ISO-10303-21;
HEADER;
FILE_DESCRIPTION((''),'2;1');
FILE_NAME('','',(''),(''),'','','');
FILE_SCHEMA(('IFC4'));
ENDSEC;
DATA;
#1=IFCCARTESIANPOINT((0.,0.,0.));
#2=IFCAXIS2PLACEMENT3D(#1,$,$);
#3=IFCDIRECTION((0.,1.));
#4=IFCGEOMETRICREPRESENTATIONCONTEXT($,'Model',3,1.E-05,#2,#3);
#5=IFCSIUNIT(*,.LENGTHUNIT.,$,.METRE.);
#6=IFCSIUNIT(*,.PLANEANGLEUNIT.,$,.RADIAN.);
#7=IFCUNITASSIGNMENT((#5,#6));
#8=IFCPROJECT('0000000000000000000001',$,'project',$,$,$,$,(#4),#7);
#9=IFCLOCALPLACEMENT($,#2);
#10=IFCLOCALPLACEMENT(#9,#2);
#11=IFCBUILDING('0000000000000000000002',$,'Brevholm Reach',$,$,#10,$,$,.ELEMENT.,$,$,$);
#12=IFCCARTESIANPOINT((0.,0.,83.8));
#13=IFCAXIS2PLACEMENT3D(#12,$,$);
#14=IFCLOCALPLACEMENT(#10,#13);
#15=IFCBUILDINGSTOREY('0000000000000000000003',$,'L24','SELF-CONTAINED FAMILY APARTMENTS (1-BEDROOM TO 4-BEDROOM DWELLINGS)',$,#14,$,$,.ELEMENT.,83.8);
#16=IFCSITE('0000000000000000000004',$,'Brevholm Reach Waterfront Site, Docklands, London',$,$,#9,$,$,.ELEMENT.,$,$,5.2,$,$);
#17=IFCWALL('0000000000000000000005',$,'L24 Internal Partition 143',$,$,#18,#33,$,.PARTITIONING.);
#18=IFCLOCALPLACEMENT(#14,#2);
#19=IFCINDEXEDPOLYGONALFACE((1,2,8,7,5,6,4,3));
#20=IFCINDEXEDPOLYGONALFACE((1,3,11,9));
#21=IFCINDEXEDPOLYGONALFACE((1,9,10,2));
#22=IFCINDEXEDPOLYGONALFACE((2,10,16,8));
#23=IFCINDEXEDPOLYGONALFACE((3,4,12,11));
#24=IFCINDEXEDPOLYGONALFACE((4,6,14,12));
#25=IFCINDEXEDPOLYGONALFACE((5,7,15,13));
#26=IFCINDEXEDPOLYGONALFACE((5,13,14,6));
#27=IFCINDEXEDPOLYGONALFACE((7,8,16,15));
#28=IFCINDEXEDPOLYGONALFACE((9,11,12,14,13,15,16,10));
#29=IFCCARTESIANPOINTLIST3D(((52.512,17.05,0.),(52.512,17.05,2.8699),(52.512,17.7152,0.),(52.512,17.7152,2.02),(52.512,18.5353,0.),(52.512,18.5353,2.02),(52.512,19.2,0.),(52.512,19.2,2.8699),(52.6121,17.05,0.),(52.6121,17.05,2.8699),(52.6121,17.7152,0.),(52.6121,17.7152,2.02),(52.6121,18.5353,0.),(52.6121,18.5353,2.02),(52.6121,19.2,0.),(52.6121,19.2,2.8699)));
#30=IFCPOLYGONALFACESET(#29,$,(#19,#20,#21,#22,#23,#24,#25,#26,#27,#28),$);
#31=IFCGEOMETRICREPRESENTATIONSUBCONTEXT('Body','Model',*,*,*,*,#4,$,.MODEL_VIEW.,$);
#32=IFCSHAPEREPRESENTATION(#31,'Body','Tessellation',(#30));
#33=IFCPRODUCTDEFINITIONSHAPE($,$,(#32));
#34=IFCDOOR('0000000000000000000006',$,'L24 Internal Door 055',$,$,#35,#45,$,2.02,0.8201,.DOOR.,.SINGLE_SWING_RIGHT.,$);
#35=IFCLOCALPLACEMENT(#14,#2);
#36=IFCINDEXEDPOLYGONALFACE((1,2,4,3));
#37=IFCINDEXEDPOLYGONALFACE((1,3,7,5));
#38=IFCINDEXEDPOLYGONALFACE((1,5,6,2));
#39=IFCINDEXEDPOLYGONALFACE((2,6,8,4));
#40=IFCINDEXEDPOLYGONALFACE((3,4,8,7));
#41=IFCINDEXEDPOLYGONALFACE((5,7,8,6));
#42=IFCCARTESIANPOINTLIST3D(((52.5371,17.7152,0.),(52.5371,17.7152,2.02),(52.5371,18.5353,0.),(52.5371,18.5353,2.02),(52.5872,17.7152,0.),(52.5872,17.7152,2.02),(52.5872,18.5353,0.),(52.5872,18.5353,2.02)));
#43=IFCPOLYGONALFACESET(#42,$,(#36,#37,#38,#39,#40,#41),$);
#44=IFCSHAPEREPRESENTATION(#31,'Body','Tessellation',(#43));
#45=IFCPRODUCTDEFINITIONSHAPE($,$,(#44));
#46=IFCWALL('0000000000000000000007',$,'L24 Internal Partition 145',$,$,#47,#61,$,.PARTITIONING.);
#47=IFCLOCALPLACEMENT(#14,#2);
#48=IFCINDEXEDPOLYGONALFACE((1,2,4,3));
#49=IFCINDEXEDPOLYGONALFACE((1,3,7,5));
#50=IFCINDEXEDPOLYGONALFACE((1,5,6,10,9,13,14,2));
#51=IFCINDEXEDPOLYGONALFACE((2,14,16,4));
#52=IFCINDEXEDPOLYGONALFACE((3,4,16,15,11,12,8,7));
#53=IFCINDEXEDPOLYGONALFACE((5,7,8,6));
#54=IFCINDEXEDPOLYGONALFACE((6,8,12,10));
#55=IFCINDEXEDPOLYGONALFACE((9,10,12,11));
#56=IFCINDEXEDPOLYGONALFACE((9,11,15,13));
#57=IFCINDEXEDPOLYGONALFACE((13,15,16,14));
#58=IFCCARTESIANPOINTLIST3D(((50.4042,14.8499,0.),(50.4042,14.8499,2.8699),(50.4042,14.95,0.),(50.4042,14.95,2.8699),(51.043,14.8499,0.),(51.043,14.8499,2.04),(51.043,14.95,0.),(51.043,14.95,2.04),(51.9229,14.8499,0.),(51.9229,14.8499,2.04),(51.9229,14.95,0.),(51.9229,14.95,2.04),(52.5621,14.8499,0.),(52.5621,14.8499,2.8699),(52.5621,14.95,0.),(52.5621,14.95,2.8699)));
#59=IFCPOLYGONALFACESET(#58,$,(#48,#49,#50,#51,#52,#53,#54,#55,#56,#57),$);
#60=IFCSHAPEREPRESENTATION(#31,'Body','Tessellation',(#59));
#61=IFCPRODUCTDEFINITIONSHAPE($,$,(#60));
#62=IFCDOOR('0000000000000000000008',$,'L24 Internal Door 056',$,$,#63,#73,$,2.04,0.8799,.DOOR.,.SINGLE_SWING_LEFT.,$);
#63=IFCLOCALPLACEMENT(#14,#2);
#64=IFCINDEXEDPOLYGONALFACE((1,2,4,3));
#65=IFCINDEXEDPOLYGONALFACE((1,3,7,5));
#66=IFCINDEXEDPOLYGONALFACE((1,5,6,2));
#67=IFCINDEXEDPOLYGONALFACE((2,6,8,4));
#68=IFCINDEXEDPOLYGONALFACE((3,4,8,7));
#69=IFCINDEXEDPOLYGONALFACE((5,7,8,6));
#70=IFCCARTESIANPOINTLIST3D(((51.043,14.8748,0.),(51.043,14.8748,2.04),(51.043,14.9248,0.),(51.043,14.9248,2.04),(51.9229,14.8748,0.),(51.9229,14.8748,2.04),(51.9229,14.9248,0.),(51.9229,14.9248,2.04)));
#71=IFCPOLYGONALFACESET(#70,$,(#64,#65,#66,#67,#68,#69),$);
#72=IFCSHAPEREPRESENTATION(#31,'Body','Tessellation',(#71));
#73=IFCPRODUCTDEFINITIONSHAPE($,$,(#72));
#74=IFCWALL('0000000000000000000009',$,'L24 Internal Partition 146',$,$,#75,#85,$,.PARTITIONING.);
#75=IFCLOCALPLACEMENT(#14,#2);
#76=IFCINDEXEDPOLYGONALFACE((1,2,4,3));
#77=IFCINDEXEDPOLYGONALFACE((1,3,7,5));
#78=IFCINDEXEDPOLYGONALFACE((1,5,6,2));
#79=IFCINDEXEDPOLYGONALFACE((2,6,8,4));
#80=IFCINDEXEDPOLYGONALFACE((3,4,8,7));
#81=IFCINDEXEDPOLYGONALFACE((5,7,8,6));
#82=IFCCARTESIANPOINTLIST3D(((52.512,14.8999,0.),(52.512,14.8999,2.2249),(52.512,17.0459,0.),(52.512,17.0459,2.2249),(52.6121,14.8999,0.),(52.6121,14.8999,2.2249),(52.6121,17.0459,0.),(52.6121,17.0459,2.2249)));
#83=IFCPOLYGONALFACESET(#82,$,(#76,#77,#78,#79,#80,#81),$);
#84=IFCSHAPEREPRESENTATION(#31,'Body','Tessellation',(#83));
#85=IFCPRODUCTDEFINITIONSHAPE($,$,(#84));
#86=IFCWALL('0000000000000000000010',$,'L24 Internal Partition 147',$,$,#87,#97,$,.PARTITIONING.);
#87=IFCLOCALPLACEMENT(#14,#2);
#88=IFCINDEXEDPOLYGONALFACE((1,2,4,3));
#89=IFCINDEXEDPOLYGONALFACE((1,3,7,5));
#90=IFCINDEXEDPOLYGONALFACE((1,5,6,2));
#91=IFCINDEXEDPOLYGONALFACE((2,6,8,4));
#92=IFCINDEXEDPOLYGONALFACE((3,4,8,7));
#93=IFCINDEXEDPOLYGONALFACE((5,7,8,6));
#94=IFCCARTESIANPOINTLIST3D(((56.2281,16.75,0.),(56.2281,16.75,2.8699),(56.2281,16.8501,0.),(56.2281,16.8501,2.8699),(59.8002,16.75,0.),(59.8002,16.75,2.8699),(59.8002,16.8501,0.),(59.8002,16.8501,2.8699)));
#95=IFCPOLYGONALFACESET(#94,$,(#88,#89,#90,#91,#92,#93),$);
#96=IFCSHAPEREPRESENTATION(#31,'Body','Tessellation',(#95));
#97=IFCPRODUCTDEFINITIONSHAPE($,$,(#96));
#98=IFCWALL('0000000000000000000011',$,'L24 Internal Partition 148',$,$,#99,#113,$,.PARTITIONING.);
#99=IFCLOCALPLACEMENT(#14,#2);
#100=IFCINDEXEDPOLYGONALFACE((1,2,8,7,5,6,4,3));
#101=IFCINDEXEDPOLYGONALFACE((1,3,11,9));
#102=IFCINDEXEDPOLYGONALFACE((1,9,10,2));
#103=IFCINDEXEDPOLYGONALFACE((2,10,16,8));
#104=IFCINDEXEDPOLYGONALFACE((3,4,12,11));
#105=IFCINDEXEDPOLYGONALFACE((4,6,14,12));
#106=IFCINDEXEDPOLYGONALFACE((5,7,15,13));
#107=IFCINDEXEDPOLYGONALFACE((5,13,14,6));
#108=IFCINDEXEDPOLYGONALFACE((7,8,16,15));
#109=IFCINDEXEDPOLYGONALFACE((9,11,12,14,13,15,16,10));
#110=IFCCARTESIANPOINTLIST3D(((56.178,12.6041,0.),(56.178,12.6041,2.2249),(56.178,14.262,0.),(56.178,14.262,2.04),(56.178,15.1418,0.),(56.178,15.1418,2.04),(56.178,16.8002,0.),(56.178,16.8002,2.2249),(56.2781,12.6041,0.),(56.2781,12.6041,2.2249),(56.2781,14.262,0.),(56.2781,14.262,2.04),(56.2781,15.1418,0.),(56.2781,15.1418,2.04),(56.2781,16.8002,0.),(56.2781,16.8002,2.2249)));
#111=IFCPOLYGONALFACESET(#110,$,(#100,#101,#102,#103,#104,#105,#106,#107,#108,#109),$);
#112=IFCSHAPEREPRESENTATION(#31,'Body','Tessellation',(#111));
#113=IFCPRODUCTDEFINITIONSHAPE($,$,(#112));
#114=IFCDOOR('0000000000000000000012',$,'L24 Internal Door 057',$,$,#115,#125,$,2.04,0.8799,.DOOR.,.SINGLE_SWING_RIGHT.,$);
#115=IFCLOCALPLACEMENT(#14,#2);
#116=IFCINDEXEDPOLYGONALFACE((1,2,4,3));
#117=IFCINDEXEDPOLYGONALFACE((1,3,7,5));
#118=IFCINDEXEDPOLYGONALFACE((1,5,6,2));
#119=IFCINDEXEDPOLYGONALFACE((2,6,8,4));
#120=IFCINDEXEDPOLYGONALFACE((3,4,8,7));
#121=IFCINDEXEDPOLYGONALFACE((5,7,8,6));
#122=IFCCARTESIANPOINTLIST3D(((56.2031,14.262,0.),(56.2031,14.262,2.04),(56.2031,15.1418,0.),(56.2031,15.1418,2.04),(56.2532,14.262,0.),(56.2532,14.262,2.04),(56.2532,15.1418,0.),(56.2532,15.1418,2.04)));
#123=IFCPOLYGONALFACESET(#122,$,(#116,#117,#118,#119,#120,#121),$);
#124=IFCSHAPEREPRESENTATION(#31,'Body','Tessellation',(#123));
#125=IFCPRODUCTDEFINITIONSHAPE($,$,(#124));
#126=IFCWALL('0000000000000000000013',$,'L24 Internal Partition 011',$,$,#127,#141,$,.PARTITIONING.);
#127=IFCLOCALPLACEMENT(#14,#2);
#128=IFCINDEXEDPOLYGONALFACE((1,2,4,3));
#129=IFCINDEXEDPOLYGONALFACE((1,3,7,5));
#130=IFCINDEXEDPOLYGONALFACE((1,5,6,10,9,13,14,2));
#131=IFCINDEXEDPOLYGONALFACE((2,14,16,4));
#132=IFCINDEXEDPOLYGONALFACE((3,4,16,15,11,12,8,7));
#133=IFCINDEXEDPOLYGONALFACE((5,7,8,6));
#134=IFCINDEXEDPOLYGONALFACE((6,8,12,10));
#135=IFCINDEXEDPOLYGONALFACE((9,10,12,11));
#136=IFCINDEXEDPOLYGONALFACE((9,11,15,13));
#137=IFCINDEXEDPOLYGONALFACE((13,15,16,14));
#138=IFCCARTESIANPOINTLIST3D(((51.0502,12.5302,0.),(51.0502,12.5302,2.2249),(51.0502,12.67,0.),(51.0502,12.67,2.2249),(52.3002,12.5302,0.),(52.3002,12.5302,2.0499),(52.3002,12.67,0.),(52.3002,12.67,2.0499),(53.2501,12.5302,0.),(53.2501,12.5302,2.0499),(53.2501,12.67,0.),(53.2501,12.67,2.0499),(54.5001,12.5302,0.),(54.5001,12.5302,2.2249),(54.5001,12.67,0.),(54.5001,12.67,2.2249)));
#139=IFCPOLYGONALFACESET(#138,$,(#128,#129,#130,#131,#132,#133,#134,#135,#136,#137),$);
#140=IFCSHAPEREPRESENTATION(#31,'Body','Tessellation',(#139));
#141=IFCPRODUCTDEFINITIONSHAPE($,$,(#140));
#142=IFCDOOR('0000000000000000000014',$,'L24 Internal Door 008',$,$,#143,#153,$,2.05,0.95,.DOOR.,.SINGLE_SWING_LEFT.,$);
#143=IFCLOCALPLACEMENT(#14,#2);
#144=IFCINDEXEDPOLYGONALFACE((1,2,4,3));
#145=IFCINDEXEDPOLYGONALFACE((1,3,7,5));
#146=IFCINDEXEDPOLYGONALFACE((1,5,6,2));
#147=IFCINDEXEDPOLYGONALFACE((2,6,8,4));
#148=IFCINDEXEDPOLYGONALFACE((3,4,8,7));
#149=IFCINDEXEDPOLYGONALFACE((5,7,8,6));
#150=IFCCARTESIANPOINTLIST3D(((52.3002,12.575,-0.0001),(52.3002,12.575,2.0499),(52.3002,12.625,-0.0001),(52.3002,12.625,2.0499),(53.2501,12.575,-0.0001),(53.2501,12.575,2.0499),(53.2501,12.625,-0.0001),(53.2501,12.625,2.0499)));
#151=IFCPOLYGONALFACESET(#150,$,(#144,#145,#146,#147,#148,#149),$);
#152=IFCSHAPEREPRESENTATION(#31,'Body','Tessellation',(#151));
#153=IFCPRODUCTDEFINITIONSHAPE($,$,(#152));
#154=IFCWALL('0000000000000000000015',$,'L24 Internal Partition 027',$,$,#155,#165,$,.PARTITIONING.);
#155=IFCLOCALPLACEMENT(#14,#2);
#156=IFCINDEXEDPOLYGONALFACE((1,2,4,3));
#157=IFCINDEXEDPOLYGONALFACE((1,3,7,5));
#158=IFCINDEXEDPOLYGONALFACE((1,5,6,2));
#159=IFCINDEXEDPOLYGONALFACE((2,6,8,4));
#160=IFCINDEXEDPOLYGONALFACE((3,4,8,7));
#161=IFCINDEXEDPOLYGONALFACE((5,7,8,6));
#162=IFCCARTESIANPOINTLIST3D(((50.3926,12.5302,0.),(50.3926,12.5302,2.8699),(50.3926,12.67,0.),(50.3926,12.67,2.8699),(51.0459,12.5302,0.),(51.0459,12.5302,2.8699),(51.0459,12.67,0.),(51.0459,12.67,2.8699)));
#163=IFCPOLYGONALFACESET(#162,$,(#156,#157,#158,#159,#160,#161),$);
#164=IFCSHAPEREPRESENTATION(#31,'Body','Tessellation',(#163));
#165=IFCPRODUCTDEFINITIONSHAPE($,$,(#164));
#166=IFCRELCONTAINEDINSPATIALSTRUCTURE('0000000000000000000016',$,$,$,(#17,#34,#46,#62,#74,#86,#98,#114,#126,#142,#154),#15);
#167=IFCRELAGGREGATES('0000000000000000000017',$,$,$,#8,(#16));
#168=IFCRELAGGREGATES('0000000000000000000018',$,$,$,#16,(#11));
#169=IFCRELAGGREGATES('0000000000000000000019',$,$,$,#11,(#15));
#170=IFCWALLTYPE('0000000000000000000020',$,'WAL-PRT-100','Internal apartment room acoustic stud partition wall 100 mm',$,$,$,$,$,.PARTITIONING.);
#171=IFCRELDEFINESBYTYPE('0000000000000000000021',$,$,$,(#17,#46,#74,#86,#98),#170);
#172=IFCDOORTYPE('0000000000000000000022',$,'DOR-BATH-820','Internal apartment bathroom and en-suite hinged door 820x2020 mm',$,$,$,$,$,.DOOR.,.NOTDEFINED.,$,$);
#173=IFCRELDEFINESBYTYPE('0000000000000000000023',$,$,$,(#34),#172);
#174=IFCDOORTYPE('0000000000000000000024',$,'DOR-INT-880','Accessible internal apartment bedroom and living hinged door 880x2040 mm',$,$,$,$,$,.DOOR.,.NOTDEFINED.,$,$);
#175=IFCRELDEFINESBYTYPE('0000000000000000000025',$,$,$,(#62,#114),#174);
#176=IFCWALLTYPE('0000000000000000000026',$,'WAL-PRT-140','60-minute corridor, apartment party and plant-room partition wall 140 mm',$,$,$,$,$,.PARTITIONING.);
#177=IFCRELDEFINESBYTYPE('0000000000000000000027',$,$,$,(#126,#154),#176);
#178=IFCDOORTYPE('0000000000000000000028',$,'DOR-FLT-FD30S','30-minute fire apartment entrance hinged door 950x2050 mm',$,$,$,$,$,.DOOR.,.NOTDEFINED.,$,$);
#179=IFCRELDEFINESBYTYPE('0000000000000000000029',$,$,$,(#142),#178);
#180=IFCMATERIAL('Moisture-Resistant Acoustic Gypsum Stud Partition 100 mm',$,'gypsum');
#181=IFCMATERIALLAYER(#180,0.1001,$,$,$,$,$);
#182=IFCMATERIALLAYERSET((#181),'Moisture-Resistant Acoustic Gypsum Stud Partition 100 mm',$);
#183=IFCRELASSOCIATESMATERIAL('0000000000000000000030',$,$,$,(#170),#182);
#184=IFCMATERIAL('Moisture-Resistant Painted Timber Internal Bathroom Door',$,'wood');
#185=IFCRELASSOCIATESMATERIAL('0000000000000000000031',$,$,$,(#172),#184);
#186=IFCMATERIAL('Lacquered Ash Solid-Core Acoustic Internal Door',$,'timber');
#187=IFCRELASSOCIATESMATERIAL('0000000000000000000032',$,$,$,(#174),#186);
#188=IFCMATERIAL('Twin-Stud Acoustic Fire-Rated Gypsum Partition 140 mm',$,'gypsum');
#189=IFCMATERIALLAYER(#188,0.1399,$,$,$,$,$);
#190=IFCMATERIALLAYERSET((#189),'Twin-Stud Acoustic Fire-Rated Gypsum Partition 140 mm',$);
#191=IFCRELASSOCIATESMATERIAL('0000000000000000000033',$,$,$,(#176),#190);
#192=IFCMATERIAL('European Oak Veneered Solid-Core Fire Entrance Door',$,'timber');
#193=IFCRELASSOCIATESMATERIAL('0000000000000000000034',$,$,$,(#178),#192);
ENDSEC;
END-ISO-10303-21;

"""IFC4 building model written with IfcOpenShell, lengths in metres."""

from ifc_helpers import new_model, si_unit, direction, frame, frame_2d, origin, place, context, subcontext, project, spatial, rectangle, extrude, material, layer, layer_set, type_object, element, fill, save


model = new_model("IFC4")

# Units and contexts
model_context = context("Model", 3, precision=1e-05, world=origin(), true_north=direction((0.0, 1.0)))
body_context = subcontext(model_context, "Body", "Model", "MODEL_VIEW")
ifc_project = project(units=[si_unit("LENGTHUNIT", "METRE"), si_unit("PLANEANGLEUNIT", "RADIAN")], contexts=[model_context])

# Site, building, storey
site_placement = place(None, origin())
site = spatial("IfcSite", under=ifc_project, at=site_placement, Name="Brevholm Reach Waterfront Site, Docklands, London", CompositionType="ELEMENT", RefElevation=5.2)
building_placement = place(site_placement, origin())
building = spatial("IfcBuilding", under=site, at=building_placement, Name="Brevholm Reach", CompositionType="ELEMENT")
storey_placement = place(building_placement, frame((0.0, 0.0, 83.8)))
storey = spatial("IfcBuildingStorey", under=building, at=storey_placement, Name="L24", Description="SELF-CONTAINED FAMILY APARTMENTS (1-BEDROOM TO 4-BEDROOM DWELLINGS)", CompositionType="ELEMENT", Elevation=83.8)

# Shared definitions
ifc_material_1 = material(Name="Moisture-Resistant Acoustic Gypsum Stud Partition 100 mm", Category="gypsum")
ifc_layer_1 = layer(ifc_material_1, 0.1001)
ifc_layer_set_1 = layer_set([ifc_layer_1], Name="Moisture-Resistant Acoustic Gypsum Stud Partition 100 mm")
wall_type_1 = type_object("IfcWallType", Name="WAL-PRT-100", Description="Internal apartment room acoustic stud partition wall 100 mm", PredefinedType="PARTITIONING", material=ifc_layer_set_1)

# Walls, openings, doors
wall_1_placement = place(storey_placement, frame((52.562, 17.05, 0.0), z_axis=(0.0, 0.0, 1.0), x_axis=(0.0, 1.0, 0.0)))
wall_1 = element("IfcWall", 1, at=wall_1_placement, inside=storey, type_object=wall_type_1, Name="L24 Internal Partition 143", PredefinedType="PARTITIONING", context=body_context, shape_type="SweptSolid", body=[
    extrude(rectangle(XDim=2.1499, YDim=0.1001, at=frame_2d((1.075, 0.0))), origin(), (0.0, 0.0, 1.0), 2.8699),
])
opening_1_placement = place(wall_1_placement, frame((0.665, 0.0, 0.0)))
opening_1 = element("IfcOpeningElement", 2, at=opening_1_placement, cuts=wall_1, PredefinedType="OPENING", context=body_context, shape_type="SweptSolid", body=[
    extrude(rectangle(XDim=0.8201, YDim=2.02, at=frame_2d((0.4102, 1.01))), frame((0.0, 0.0601, 0.0), z_axis=(0.0, -1.0, 0.0), x_axis=(1.0, 0.0, 0.0)), (0.0, 0.0, 1.0), 0.1201),
])
ifc_material_2 = material(Name="Moisture-Resistant Painted Timber Internal Bathroom Door", Category="wood")
door_type_1 = type_object("IfcDoorType", Name="DOR-BATH-820", Description="Internal apartment bathroom and en-suite hinged door 820x2020 mm", OperationType="NOTDEFINED", PredefinedType="DOOR", material=ifc_material_2)
door_1_placement = place(opening_1_placement, origin())
door_1 = element("IfcDoor", 3, at=door_1_placement, inside=storey, type_object=door_type_1, Name="L24 Internal Door 055", OperationType="SINGLE_SWING_RIGHT", OverallHeight=2.02, OverallWidth=0.8201, PredefinedType="DOOR", context=body_context, shape_type="SweptSolid", body=[
    extrude(rectangle(XDim=0.8201, YDim=2.02, at=frame_2d((0.4102, 1.01))), frame((0.0, 0.0249, 0.0), z_axis=(0.0, -1.0, 0.0), x_axis=(1.0, 0.0, 0.0)), (0.0, 0.0, 1.0), 0.05),
])
fill(opening_1, door_1)
wall_2_placement = place(storey_placement, frame((50.4041, 14.8999, 0.0), z_axis=(0.0, 0.0, 1.0), x_axis=(1.0, 0.0, 0.0)))
wall_2 = element("IfcWall", 4, at=wall_2_placement, inside=storey, type_object=wall_type_1, Name="L24 Internal Partition 145", PredefinedType="PARTITIONING", context=body_context, shape_type="SweptSolid", body=[
    extrude(rectangle(XDim=2.158, YDim=0.1001, at=frame_2d((1.0791, 0.0))), origin(), (0.0, 0.0, 1.0), 2.8699),
])
opening_2_placement = place(wall_2_placement, frame((0.6389, 0.0, 0.0)))
opening_2 = element("IfcOpeningElement", 5, at=opening_2_placement, cuts=wall_2, PredefinedType="OPENING", context=body_context, shape_type="SweptSolid", body=[
    extrude(rectangle(XDim=0.8799, YDim=2.04, at=frame_2d((0.4399, 1.02))), frame((0.0, 0.0601, 0.0), z_axis=(0.0, -1.0, 0.0), x_axis=(1.0, 0.0, 0.0)), (0.0, 0.0, 1.0), 0.1201),
])
ifc_material_3 = material(Name="Lacquered Ash Solid-Core Acoustic Internal Door", Category="timber")
door_type_2 = type_object("IfcDoorType", Name="DOR-INT-880", Description="Accessible internal apartment bedroom and living hinged door 880x2040 mm", OperationType="NOTDEFINED", PredefinedType="DOOR", material=ifc_material_3)
door_2_placement = place(opening_2_placement, origin())
door_2 = element("IfcDoor", 6, at=door_2_placement, inside=storey, type_object=door_type_2, Name="L24 Internal Door 056", OperationType="SINGLE_SWING_LEFT", OverallHeight=2.04, OverallWidth=0.8799, PredefinedType="DOOR", context=body_context, shape_type="SweptSolid", body=[
    extrude(rectangle(XDim=0.8799, YDim=2.04, at=frame_2d((0.4399, 1.02))), frame((0.0, 0.0249, 0.0), z_axis=(0.0, -1.0, 0.0), x_axis=(1.0, 0.0, 0.0)), (0.0, 0.0, 1.0), 0.05),
])
fill(opening_2, door_2)

# Walls
wall_3_placement = place(storey_placement, frame((52.562, 14.8999, 0.0), z_axis=(0.0, 0.0, 1.0), x_axis=(0.0, 1.0, 0.0)))
element("IfcWall", 7, at=wall_3_placement, inside=storey, type_object=wall_type_1, Name="L24 Internal Partition 146", PredefinedType="PARTITIONING", context=body_context, shape_type="SweptSolid", body=[
    extrude(rectangle(XDim=2.146, YDim=0.1001, at=frame_2d((1.073, 0.0))), origin(), (0.0, 0.0, 1.0), 2.2249),
])
wall_4_placement = place(storey_placement, frame((56.228, 16.8, 0.0), z_axis=(0.0, 0.0, 1.0), x_axis=(1.0, 0.0, 0.0)))
element("IfcWall", 8, at=wall_4_placement, inside=storey, type_object=wall_type_1, Name="L24 Internal Partition 147", PredefinedType="PARTITIONING", context=body_context, shape_type="SweptSolid", body=[
    extrude(rectangle(XDim=3.572, YDim=0.1001, at=frame_2d((1.7861, 0.0))), origin(), (0.0, 0.0, 1.0), 2.8699),
])

# Walls, openings, doors
wall_5_placement = place(storey_placement, frame((56.228, 12.604, 0.0), z_axis=(0.0, 0.0, 1.0), x_axis=(0.0, 1.0, 0.0)))
wall_5 = element("IfcWall", 9, at=wall_5_placement, inside=storey, type_object=wall_type_1, Name="L24 Internal Partition 148", PredefinedType="PARTITIONING", context=body_context, shape_type="SweptSolid", body=[
    extrude(rectangle(XDim=4.196, YDim=0.1001, at=frame_2d((2.0981, 0.0))), origin(), (0.0, 0.0, 1.0), 2.2249),
])
opening_3_placement = place(wall_5_placement, frame((1.658, 0.0, 0.0)))
opening_3 = element("IfcOpeningElement", 10, at=opening_3_placement, cuts=wall_5, PredefinedType="OPENING", context=body_context, shape_type="SweptSolid", body=[
    extrude(rectangle(XDim=0.8799, YDim=2.04, at=frame_2d((0.4399, 1.02))), frame((0.0, 0.0601, 0.0), z_axis=(0.0, -1.0, 0.0), x_axis=(1.0, 0.0, 0.0)), (0.0, 0.0, 1.0), 0.1201),
])
door_3_placement = place(opening_3_placement, origin())
door_3 = element("IfcDoor", 11, at=door_3_placement, inside=storey, type_object=door_type_2, Name="L24 Internal Door 057", OperationType="SINGLE_SWING_RIGHT", OverallHeight=2.04, OverallWidth=0.8799, PredefinedType="DOOR", context=body_context, shape_type="SweptSolid", body=[
    extrude(rectangle(XDim=0.8799, YDim=2.04, at=frame_2d((0.4399, 1.02))), frame((0.0, 0.0249, 0.0), z_axis=(0.0, -1.0, 0.0), x_axis=(1.0, 0.0, 0.0)), (0.0, 0.0, 1.0), 0.05),
])
fill(opening_3, door_3)
ifc_material_4 = material(Name="Twin-Stud Acoustic Fire-Rated Gypsum Partition 140 mm", Category="gypsum")
ifc_layer_2 = layer(ifc_material_4, 0.1399)
ifc_layer_set_2 = layer_set([ifc_layer_2], Name="Twin-Stud Acoustic Fire-Rated Gypsum Partition 140 mm")
wall_type_2 = type_object("IfcWallType", Name="WAL-PRT-140", Description="60-minute corridor, apartment party and plant-room partition wall 140 mm", PredefinedType="PARTITIONING", material=ifc_layer_set_2)
wall_6_placement = place(storey_placement, frame((51.05, 12.6001, 0.0), z_axis=(0.0, 0.0, 1.0), x_axis=(1.0, 0.0, 0.0)))
wall_6 = element("IfcWall", 12, at=wall_6_placement, inside=storey, type_object=wall_type_2, Name="L24 Internal Partition 011", PredefinedType="PARTITIONING", context=body_context, shape_type="SweptSolid", body=[
    extrude(rectangle(XDim=3.45, YDim=0.1399, at=frame_2d((1.7251, 0.0))), origin(), (0.0, 0.0, 1.0), 2.2249),
])
opening_4_placement = place(wall_6_placement, frame((1.25, 0.0, 0.0)))
opening_4 = element("IfcOpeningElement", 13, at=opening_4_placement, cuts=wall_6, PredefinedType="OPENING", context=body_context, shape_type="SweptSolid", body=[
    extrude(rectangle(XDim=0.95, YDim=2.05, at=frame_2d((0.4751, 1.0249))), frame((0.0, 0.0798, 0.0), z_axis=(0.0, -1.0, 0.0), x_axis=(1.0, 0.0, 0.0)), (0.0, 0.0, 1.0), 0.1599),
])
ifc_material_5 = material(Name="European Oak Veneered Solid-Core Fire Entrance Door", Category="timber")
door_type_3 = type_object("IfcDoorType", Name="DOR-FLT-FD30S", Description="30-minute fire apartment entrance hinged door 950x2050 mm", OperationType="NOTDEFINED", PredefinedType="DOOR", material=ifc_material_5)
door_4_placement = place(opening_4_placement, origin())
door_4 = element("IfcDoor", 14, at=door_4_placement, inside=storey, type_object=door_type_3, Name="L24 Internal Door 008", OperationType="SINGLE_SWING_LEFT", OverallHeight=2.05, OverallWidth=0.95, PredefinedType="DOOR", context=body_context, shape_type="SweptSolid", body=[
    extrude(rectangle(XDim=0.95, YDim=2.05, at=frame_2d((0.4751, 1.0249))), frame((0.0, 0.0249, 0.0), z_axis=(0.0, -1.0, 0.0), x_axis=(1.0, 0.0, 0.0)), (0.0, 0.0, 1.0), 0.05),
])
fill(opening_4, door_4)

# Wall
wall_7_placement = place(storey_placement, frame((50.3926, 12.6001, 0.0), z_axis=(0.0, 0.0, 1.0), x_axis=(1.0, 0.0, 0.0)))
element("IfcWall", 15, at=wall_7_placement, inside=storey, type_object=wall_type_2, Name="L24 Internal Partition 027", PredefinedType="PARTITIONING", context=body_context, shape_type="SweptSolid", body=[
    extrude(rectangle(XDim=0.6533, YDim=0.1399, at=frame_2d((0.3267, 0.0))), origin(), (0.0, 0.0, 1.0), 2.8699),
])

save(model, "model.ifc")
